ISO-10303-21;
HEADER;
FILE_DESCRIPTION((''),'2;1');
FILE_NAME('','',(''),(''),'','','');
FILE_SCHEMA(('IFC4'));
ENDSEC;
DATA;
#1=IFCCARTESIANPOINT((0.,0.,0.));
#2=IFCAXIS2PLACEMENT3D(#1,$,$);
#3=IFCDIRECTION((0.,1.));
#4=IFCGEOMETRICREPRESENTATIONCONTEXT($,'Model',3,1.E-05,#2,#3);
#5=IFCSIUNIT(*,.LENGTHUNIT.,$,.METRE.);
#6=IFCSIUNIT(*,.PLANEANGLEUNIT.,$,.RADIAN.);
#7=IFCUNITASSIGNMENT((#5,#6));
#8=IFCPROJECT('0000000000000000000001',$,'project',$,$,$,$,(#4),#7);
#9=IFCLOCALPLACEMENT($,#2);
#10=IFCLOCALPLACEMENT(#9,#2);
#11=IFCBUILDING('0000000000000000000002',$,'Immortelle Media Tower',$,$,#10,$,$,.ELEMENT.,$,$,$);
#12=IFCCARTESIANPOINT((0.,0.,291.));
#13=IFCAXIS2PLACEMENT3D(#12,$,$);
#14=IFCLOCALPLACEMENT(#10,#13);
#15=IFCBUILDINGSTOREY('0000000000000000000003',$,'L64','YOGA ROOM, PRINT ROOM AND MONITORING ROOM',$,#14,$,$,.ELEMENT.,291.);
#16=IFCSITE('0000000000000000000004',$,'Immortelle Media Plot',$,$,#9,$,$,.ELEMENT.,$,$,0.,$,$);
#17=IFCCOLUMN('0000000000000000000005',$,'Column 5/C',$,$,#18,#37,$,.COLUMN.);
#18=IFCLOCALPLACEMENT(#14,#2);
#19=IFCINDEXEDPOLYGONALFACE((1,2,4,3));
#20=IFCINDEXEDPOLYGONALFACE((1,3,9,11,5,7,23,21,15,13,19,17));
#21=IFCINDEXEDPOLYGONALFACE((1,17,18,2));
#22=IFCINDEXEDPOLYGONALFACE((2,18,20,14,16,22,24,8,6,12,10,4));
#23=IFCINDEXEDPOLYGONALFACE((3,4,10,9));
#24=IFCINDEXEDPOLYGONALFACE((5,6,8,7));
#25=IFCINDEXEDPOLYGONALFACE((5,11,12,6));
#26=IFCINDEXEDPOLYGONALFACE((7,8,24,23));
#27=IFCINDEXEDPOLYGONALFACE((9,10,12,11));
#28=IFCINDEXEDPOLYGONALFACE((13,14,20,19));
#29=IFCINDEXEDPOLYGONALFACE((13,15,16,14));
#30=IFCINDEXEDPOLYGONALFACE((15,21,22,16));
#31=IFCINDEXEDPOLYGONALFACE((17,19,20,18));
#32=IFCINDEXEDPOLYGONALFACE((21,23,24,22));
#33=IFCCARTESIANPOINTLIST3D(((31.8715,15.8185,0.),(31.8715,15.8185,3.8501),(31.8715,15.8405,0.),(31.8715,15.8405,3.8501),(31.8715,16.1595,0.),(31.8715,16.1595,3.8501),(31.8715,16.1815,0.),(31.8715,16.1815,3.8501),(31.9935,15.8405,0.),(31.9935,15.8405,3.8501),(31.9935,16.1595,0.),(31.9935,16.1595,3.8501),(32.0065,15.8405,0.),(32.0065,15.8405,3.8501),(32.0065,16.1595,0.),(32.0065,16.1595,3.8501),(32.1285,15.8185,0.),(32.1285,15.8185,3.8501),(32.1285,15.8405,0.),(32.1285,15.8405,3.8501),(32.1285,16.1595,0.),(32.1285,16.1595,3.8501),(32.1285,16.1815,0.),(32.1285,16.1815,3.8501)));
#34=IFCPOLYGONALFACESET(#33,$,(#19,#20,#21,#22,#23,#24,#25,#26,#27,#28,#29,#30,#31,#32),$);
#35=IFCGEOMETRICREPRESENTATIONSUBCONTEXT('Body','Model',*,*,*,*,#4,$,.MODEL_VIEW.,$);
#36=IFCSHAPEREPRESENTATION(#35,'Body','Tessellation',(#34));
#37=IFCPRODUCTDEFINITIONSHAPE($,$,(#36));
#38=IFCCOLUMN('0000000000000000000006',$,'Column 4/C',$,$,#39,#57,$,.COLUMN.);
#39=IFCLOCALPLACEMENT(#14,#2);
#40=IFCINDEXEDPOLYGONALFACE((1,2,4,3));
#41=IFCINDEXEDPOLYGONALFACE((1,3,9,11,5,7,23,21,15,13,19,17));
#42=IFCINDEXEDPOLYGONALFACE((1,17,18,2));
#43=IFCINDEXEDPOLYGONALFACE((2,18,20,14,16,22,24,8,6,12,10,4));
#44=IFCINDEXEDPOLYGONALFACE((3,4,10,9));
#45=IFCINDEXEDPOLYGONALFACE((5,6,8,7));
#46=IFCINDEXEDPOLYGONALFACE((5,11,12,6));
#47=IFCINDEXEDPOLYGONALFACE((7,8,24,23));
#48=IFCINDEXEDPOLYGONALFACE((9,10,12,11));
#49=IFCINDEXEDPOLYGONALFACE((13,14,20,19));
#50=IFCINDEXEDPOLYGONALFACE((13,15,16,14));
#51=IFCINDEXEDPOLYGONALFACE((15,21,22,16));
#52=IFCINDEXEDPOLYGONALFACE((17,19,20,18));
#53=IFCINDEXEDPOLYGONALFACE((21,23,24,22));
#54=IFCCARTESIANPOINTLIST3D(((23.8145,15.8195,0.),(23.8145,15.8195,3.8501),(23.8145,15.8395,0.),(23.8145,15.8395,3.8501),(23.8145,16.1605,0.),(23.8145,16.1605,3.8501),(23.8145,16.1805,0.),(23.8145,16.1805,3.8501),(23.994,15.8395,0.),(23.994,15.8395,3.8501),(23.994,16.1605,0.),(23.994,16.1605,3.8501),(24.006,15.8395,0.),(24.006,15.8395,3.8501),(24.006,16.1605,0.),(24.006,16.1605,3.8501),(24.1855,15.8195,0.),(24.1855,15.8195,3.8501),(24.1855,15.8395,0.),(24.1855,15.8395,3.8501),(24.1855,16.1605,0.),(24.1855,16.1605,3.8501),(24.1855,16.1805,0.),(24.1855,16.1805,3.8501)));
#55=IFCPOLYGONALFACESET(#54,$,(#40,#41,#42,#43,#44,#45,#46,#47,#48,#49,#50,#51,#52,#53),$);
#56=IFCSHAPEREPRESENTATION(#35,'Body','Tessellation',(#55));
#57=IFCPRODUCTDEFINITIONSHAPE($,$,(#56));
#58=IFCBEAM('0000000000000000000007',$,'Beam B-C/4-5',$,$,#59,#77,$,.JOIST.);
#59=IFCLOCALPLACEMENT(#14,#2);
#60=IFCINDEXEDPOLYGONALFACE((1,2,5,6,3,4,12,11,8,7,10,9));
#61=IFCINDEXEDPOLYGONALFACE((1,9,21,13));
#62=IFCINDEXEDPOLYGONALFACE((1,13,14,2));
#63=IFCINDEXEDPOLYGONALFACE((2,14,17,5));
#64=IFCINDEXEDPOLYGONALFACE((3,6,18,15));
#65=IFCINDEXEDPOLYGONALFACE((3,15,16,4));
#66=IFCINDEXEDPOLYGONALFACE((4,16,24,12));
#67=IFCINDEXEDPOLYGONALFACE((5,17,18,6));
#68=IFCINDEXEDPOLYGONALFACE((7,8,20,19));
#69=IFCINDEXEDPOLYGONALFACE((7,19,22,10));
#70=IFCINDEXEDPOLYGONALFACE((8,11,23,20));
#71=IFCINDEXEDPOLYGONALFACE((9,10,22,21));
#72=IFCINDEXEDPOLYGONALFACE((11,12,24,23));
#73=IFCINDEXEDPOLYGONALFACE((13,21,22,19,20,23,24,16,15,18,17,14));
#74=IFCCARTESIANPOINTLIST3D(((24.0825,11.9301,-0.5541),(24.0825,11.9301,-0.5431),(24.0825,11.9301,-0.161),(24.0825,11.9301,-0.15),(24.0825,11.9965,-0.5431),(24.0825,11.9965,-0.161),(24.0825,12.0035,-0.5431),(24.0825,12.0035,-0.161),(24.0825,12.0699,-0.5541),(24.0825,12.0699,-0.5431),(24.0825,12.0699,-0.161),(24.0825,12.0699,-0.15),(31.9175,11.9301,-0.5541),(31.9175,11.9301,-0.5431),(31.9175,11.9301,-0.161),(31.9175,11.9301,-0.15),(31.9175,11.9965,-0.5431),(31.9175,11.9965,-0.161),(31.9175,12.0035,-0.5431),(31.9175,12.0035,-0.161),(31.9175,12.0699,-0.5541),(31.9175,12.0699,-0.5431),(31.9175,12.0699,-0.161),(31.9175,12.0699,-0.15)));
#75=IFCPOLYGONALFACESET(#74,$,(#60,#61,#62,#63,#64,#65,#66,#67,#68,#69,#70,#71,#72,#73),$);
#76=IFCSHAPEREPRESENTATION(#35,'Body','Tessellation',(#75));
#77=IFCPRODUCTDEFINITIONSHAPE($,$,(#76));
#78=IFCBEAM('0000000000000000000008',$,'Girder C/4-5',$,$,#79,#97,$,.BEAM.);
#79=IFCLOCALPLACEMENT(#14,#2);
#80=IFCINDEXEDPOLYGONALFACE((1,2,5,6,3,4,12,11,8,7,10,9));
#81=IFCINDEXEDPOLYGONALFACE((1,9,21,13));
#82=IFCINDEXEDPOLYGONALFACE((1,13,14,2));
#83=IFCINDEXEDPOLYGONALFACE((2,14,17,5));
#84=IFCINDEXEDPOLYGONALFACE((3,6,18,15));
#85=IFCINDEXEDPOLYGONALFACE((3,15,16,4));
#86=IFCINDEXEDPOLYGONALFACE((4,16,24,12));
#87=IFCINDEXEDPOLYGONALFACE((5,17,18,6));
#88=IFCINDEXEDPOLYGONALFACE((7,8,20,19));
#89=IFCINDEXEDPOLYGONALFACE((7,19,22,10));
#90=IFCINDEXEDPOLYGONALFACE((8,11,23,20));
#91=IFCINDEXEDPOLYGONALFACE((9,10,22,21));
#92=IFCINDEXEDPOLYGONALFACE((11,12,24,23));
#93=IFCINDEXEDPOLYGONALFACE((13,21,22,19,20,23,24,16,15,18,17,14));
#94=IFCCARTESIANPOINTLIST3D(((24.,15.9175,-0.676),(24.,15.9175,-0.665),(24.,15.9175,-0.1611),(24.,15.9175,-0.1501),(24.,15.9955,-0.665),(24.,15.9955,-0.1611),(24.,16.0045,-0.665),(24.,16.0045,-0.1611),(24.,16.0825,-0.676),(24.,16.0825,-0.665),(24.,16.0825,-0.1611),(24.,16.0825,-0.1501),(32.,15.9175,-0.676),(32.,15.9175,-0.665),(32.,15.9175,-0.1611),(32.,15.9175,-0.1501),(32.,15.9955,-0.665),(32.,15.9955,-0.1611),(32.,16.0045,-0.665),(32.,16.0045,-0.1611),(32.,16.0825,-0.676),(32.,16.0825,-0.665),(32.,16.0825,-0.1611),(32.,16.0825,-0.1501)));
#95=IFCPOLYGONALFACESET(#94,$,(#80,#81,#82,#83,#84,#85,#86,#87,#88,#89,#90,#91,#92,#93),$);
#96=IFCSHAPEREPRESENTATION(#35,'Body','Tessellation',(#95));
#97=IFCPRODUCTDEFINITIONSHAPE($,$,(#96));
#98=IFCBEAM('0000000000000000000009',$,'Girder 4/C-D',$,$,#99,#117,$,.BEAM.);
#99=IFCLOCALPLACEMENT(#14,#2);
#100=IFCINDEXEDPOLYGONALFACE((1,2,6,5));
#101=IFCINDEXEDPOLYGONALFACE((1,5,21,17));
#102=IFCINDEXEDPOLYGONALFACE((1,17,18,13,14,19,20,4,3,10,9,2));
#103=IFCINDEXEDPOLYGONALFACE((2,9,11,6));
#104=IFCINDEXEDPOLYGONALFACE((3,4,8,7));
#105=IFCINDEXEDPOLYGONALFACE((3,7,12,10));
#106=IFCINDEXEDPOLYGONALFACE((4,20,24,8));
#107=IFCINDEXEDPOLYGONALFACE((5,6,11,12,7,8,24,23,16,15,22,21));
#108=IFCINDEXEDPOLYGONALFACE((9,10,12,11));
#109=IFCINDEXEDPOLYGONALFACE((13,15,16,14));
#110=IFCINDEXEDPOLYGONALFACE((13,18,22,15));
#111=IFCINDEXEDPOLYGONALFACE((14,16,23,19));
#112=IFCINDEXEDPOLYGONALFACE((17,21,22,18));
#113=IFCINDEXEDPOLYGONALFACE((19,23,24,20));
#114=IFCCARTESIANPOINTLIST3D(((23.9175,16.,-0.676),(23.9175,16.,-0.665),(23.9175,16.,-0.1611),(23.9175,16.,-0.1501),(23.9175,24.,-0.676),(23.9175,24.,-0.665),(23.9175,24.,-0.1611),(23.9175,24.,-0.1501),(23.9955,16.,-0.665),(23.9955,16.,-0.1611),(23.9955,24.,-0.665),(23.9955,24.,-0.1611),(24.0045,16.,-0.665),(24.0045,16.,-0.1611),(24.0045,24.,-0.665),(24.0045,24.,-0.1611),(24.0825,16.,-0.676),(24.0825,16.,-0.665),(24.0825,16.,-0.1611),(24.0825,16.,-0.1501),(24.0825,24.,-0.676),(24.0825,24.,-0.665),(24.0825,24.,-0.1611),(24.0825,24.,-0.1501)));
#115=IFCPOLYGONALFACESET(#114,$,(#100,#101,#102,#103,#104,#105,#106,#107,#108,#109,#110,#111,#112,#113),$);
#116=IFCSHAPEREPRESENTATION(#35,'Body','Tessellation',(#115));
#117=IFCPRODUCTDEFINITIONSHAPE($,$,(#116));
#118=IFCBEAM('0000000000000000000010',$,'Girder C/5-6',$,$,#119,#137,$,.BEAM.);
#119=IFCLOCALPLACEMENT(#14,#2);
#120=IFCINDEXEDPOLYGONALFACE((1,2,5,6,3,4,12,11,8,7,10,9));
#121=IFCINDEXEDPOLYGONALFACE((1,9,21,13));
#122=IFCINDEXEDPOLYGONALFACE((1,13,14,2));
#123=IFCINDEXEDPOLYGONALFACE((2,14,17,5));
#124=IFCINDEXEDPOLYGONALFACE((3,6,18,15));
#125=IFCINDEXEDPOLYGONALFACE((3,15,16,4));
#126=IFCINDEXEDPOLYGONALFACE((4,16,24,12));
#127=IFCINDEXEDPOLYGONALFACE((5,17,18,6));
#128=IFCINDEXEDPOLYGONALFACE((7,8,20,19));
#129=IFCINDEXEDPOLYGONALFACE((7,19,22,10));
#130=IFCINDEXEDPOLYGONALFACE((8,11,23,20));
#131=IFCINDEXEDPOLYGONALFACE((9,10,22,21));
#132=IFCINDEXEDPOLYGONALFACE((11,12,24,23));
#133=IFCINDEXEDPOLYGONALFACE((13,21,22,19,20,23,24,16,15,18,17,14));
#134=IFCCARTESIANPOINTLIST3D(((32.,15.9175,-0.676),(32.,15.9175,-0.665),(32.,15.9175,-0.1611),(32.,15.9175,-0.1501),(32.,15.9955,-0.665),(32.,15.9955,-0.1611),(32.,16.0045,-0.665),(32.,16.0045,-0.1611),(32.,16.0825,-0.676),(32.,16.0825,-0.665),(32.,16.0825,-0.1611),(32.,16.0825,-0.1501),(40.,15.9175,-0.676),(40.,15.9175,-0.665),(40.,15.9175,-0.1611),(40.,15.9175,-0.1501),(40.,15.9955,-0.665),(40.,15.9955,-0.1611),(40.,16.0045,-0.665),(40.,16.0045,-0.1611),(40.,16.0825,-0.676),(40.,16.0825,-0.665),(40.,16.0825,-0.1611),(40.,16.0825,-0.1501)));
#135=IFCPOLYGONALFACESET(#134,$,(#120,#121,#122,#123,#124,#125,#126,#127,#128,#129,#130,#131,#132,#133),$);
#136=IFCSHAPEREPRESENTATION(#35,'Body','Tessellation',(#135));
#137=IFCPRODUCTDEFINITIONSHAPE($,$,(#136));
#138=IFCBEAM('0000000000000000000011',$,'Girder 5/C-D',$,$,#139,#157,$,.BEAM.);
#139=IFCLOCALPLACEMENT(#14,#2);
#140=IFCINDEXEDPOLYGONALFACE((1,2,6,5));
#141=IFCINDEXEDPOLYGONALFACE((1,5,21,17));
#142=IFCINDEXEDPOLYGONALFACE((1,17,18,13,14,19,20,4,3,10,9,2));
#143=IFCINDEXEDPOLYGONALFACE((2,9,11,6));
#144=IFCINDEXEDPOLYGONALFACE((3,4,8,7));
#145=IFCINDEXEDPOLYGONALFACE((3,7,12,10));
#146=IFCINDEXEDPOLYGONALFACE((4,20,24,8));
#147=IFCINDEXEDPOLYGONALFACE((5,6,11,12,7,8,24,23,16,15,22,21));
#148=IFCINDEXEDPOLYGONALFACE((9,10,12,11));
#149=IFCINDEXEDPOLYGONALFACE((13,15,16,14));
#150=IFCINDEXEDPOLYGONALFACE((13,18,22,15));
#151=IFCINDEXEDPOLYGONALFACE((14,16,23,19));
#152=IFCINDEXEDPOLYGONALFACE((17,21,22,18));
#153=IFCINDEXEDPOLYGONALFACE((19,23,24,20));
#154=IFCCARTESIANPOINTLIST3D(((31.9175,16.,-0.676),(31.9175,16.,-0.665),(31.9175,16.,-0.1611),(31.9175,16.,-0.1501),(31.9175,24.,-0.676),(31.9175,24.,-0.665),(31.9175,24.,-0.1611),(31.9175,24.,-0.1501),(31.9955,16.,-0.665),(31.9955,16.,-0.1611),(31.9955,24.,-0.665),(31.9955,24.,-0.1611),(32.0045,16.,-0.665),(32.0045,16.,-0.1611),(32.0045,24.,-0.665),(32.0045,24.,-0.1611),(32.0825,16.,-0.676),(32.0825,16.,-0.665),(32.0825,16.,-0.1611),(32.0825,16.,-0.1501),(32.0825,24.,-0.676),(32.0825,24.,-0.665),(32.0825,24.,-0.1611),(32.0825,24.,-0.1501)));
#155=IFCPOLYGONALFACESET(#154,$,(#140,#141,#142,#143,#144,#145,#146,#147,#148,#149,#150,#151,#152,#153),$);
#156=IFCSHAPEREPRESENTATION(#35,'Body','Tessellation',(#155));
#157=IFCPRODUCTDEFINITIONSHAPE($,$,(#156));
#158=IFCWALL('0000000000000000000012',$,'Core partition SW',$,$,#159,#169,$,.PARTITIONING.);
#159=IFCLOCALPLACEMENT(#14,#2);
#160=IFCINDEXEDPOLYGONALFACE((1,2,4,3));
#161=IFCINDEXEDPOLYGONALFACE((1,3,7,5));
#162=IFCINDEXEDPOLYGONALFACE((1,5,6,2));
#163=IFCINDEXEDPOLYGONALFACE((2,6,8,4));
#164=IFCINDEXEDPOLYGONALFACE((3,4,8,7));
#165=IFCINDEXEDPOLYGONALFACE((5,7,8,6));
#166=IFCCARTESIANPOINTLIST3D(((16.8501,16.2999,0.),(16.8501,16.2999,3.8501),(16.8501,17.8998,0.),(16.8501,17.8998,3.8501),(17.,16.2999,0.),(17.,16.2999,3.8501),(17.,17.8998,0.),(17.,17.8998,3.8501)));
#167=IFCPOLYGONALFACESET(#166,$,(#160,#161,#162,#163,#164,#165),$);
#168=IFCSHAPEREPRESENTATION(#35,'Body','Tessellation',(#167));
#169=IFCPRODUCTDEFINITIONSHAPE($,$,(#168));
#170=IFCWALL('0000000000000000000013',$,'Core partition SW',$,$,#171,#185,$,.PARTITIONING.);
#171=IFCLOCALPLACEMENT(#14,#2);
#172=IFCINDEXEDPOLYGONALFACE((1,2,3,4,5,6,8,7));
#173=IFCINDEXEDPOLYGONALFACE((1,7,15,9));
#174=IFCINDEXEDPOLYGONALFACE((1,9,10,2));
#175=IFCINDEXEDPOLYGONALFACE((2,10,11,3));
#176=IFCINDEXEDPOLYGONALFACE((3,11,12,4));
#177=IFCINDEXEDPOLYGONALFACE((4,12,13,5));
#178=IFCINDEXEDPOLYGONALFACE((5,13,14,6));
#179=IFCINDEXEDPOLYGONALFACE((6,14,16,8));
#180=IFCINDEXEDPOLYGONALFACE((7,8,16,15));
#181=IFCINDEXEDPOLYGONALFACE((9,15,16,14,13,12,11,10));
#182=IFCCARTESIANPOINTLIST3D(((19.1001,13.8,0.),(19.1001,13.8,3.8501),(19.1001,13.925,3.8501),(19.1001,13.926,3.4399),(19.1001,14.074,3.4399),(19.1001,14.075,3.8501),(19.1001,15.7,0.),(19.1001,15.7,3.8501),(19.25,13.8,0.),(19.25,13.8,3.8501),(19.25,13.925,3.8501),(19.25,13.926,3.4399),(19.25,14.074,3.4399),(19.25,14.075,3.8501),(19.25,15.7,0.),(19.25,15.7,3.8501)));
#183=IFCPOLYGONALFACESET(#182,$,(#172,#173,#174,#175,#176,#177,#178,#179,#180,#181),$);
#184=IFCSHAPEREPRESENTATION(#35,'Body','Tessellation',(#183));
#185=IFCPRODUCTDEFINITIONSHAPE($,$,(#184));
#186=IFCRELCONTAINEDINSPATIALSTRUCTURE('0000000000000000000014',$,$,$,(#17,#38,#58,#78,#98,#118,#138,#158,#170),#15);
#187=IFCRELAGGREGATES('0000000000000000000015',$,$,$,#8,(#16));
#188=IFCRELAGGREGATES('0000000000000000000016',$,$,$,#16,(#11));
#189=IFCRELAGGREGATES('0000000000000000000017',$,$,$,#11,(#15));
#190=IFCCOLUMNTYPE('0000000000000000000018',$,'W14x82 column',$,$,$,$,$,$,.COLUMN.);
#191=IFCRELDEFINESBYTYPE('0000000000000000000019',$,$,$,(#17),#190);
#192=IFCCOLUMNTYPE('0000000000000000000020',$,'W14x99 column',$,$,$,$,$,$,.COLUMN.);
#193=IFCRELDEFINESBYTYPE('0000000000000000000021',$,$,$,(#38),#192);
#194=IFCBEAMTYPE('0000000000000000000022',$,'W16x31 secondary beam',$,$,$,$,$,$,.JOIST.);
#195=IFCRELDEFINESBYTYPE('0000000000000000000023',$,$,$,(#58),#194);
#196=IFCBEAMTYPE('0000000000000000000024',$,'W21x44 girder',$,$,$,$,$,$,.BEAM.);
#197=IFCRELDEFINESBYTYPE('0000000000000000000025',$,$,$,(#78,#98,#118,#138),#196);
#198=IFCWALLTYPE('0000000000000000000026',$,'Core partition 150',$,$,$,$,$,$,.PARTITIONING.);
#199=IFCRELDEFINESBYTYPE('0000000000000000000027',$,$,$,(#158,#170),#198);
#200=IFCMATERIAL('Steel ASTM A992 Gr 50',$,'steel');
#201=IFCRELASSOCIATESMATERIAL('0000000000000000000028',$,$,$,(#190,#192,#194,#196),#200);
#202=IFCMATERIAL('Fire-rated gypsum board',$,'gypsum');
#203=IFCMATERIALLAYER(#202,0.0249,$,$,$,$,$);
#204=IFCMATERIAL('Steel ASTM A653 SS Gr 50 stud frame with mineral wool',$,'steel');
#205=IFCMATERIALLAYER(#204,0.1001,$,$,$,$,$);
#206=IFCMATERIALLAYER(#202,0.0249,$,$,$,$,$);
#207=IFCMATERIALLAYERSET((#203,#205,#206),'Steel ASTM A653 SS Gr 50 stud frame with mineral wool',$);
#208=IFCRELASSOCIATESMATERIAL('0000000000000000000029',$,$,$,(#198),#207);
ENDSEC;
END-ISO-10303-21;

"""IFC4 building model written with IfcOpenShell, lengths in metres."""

from ifc_helpers import new_model, si_unit, direction, frame, frame_2d, origin, origin_2d, place, context, subcontext, project, spatial, polyline, rectangle, i_section, outline, extrude, material, layer, layer_set, material_profile, profile_set, type_object, element, save


model = new_model("IFC4")

# Units and contexts
model_context = context("Model", 3, precision=1e-05, world=origin(), true_north=direction((0.0, 1.0)))
body_context = subcontext(model_context, "Body", "Model", "MODEL_VIEW")
ifc_project = project(units=[si_unit("LENGTHUNIT", "METRE"), si_unit("PLANEANGLEUNIT", "RADIAN")], contexts=[model_context])

# Site, building, storey
site_placement = place(None, origin())
site = spatial("IfcSite", under=ifc_project, at=site_placement, Name="Immortelle Media Plot", CompositionType="ELEMENT", RefElevation=0.0)
building_placement = place(site_placement, origin())
building = spatial("IfcBuilding", under=site, at=building_placement, Name="Immortelle Media Tower", CompositionType="ELEMENT")
storey_placement = place(building_placement, frame((0.0, 0.0, 291.0)))
storey = spatial("IfcBuildingStorey", under=building, at=storey_placement, Name="L64", Description="YOGA ROOM, PRINT ROOM AND MONITORING ROOM", CompositionType="ELEMENT", Elevation=291.0)

# Columns
ifc_material_1 = material(Name="Steel ASTM A992 Gr 50", Category="steel")
ifc_material_profile_1 = material_profile(ifc_material_1, i_section(OverallWidth=0.2571, OverallDepth=0.363, WebThickness=0.0129, FlangeThickness=0.022, at=origin_2d()), Name="W14x82")
ifc_profile_set_1 = profile_set([ifc_material_profile_1], Name="Steel ASTM A992 Gr 50")
column_type_1 = type_object("IfcColumnType", Name="W14x82 column", PredefinedType="COLUMN", material=ifc_profile_set_1)
column_1_placement = place(storey_placement, frame((32.0, 16.0, 0.0), z_axis=(0.0, 0.0, 1.0), x_axis=(1.0, 0.0, 0.0)))
element("IfcColumn", 1, at=column_1_placement, inside=storey, type_object=column_type_1, Name="Column 5/C", PredefinedType="COLUMN", context=body_context, shape_type="SweptSolid", body=[
    extrude(i_section(OverallWidth=0.2571, OverallDepth=0.363, WebThickness=0.0129, FlangeThickness=0.022, at=origin_2d()), origin(), (0.0, 0.0, 1.0), 3.8501),
])
ifc_material_profile_2 = material_profile(ifc_material_1, i_section(OverallWidth=0.3711, OverallDepth=0.3611, WebThickness=0.012, FlangeThickness=0.02, at=origin_2d()), Name="W14x99")
ifc_profile_set_2 = profile_set([ifc_material_profile_2], Name="Steel ASTM A992 Gr 50")
column_type_2 = type_object("IfcColumnType", Name="W14x99 column", PredefinedType="COLUMN", material=ifc_profile_set_2)
column_2_placement = place(storey_placement, frame((24.0, 16.0, 0.0), z_axis=(0.0, 0.0, 1.0), x_axis=(1.0, 0.0, 0.0)))
element("IfcColumn", 2, at=column_2_placement, inside=storey, type_object=column_type_2, Name="Column 4/C", PredefinedType="COLUMN", context=body_context, shape_type="SweptSolid", body=[
    extrude(i_section(OverallWidth=0.3711, OverallDepth=0.3611, WebThickness=0.012, FlangeThickness=0.02, at=origin_2d()), origin(), (0.0, 0.0, 1.0), 3.8501),
])

# Beams
ifc_material_profile_3 = material_profile(ifc_material_1, i_section(OverallWidth=0.1399, OverallDepth=0.4041, WebThickness=0.0071, FlangeThickness=0.011, at=origin_2d()), Name="W16x31")
ifc_profile_set_3 = profile_set([ifc_material_profile_3], Name="Steel ASTM A992 Gr 50")
beam_type_1 = type_object("IfcBeamType", Name="W16x31 secondary beam", PredefinedType="JOIST", material=ifc_profile_set_3)
beam_placement = place(storey_placement, frame((24.0825, 12.0, -0.3521), z_axis=(1.0, 0.0, 0.0), x_axis=(0.0, 1.0, 0.0)))
element("IfcBeam", 3, at=beam_placement, inside=storey, type_object=beam_type_1, Name="Beam B-C/4-5", PredefinedType="JOIST", context=body_context, shape_type="SweptSolid", body=[
    extrude(i_section(OverallWidth=0.1399, OverallDepth=0.4041, WebThickness=0.0071, FlangeThickness=0.011, at=origin_2d()), origin(), (0.0, 0.0, 1.0), 7.835),
])
ifc_material_profile_4 = material_profile(ifc_material_1, i_section(OverallWidth=0.165, OverallDepth=0.5259, WebThickness=0.009, FlangeThickness=0.011, at=origin_2d()), Name="W21x44")
ifc_profile_set_4 = profile_set([ifc_material_profile_4], Name="Steel ASTM A992 Gr 50")
beam_type_2 = type_object("IfcBeamType", Name="W21x44 girder", PredefinedType="BEAM", material=ifc_profile_set_4)
for number, where, z_axis, x_axis, name in (
    (4, (24.0, 16.0, -0.4131), (1.0, 0.0, 0.0), (0.0, 1.0, 0.0), "Girder C/4-5"),
    (5, (24.0, 16.0, -0.4131), (0.0, 1.0, 0.0), (-1.0, 0.0, 0.0), "Girder 4/C-D"),
    (6, (32.0, 16.0, -0.4131), (1.0, 0.0, 0.0), (0.0, 1.0, 0.0), "Girder C/5-6"),
    (7, (32.0, 16.0, -0.4131), (0.0, 1.0, 0.0), (-1.0, 0.0, 0.0), "Girder 5/C-D"),
):
    element("IfcBeam", number, at=place(storey_placement, frame(where, z_axis=z_axis, x_axis=x_axis)), inside=storey, type_object=beam_type_2, Name=name, PredefinedType="BEAM", context=body_context, shape_type="SweptSolid", body=[
        extrude(i_section(OverallWidth=0.165, OverallDepth=0.5259, WebThickness=0.009, FlangeThickness=0.011, at=origin_2d()), origin(), (0.0, 0.0, 1.0), 8.0),
    ])

# Walls
ifc_material_2 = material(Name="Fire-rated gypsum board", Category="gypsum")
ifc_layer_1 = layer(ifc_material_2, 0.0249)
ifc_material_3 = material(Name="Steel ASTM A653 SS Gr 50 stud frame with mineral wool", Category="steel")
ifc_layer_2 = layer(ifc_material_3, 0.1001)
ifc_layer_3 = layer(ifc_material_2, 0.0249)
ifc_layer_set_1 = layer_set([ifc_layer_1, ifc_layer_2, ifc_layer_3], Name="Steel ASTM A653 SS Gr 50 stud frame with mineral wool")
wall_type_1 = type_object("IfcWallType", Name="Core partition 150", PredefinedType="PARTITIONING", material=ifc_layer_set_1)
wall_1_placement = place(storey_placement, frame((16.925, 16.3, 0.0), z_axis=(0.0, 0.0, 1.0), x_axis=(0.0, 1.0, 0.0)))
element("IfcWall", 8, at=wall_1_placement, inside=storey, type_object=wall_type_1, Name="Core partition SW", PredefinedType="PARTITIONING", context=body_context, shape_type="SweptSolid", body=[
    extrude(rectangle(XDim=1.5999, YDim=0.1499, at=frame_2d((0.7998, 0.0))), origin(), (0.0, 0.0, 1.0), 3.8501),
])
wall_2_placement = place(storey_placement, frame((19.175, 13.8, 0.0), z_axis=(0.0, 0.0, 1.0), x_axis=(0.0, 1.0, 0.0)))
element("IfcWall", 9, at=wall_2_placement, inside=storey, type_object=wall_type_1, Name="Core partition SW", PredefinedType="PARTITIONING", context=body_context, shape_type="SweptSolid", body=[
    extrude(outline(polyline([(0.0, 0.0), (1.8999, 0.0), (1.8999, 3.8501), (0.2749, 3.8501), (0.2739, 3.4399), (0.126, 3.4399), (0.125, 3.8501), (0.0, 3.8501), (0.0, 0.0)])), frame((0.0, 0.075, 0.0), z_axis=(0.0, -1.0, 0.0), x_axis=(1.0, 0.0, 0.0)), (0.0, 0.0, 1.0), 0.1499),
])

save(model, "model.ifc")
